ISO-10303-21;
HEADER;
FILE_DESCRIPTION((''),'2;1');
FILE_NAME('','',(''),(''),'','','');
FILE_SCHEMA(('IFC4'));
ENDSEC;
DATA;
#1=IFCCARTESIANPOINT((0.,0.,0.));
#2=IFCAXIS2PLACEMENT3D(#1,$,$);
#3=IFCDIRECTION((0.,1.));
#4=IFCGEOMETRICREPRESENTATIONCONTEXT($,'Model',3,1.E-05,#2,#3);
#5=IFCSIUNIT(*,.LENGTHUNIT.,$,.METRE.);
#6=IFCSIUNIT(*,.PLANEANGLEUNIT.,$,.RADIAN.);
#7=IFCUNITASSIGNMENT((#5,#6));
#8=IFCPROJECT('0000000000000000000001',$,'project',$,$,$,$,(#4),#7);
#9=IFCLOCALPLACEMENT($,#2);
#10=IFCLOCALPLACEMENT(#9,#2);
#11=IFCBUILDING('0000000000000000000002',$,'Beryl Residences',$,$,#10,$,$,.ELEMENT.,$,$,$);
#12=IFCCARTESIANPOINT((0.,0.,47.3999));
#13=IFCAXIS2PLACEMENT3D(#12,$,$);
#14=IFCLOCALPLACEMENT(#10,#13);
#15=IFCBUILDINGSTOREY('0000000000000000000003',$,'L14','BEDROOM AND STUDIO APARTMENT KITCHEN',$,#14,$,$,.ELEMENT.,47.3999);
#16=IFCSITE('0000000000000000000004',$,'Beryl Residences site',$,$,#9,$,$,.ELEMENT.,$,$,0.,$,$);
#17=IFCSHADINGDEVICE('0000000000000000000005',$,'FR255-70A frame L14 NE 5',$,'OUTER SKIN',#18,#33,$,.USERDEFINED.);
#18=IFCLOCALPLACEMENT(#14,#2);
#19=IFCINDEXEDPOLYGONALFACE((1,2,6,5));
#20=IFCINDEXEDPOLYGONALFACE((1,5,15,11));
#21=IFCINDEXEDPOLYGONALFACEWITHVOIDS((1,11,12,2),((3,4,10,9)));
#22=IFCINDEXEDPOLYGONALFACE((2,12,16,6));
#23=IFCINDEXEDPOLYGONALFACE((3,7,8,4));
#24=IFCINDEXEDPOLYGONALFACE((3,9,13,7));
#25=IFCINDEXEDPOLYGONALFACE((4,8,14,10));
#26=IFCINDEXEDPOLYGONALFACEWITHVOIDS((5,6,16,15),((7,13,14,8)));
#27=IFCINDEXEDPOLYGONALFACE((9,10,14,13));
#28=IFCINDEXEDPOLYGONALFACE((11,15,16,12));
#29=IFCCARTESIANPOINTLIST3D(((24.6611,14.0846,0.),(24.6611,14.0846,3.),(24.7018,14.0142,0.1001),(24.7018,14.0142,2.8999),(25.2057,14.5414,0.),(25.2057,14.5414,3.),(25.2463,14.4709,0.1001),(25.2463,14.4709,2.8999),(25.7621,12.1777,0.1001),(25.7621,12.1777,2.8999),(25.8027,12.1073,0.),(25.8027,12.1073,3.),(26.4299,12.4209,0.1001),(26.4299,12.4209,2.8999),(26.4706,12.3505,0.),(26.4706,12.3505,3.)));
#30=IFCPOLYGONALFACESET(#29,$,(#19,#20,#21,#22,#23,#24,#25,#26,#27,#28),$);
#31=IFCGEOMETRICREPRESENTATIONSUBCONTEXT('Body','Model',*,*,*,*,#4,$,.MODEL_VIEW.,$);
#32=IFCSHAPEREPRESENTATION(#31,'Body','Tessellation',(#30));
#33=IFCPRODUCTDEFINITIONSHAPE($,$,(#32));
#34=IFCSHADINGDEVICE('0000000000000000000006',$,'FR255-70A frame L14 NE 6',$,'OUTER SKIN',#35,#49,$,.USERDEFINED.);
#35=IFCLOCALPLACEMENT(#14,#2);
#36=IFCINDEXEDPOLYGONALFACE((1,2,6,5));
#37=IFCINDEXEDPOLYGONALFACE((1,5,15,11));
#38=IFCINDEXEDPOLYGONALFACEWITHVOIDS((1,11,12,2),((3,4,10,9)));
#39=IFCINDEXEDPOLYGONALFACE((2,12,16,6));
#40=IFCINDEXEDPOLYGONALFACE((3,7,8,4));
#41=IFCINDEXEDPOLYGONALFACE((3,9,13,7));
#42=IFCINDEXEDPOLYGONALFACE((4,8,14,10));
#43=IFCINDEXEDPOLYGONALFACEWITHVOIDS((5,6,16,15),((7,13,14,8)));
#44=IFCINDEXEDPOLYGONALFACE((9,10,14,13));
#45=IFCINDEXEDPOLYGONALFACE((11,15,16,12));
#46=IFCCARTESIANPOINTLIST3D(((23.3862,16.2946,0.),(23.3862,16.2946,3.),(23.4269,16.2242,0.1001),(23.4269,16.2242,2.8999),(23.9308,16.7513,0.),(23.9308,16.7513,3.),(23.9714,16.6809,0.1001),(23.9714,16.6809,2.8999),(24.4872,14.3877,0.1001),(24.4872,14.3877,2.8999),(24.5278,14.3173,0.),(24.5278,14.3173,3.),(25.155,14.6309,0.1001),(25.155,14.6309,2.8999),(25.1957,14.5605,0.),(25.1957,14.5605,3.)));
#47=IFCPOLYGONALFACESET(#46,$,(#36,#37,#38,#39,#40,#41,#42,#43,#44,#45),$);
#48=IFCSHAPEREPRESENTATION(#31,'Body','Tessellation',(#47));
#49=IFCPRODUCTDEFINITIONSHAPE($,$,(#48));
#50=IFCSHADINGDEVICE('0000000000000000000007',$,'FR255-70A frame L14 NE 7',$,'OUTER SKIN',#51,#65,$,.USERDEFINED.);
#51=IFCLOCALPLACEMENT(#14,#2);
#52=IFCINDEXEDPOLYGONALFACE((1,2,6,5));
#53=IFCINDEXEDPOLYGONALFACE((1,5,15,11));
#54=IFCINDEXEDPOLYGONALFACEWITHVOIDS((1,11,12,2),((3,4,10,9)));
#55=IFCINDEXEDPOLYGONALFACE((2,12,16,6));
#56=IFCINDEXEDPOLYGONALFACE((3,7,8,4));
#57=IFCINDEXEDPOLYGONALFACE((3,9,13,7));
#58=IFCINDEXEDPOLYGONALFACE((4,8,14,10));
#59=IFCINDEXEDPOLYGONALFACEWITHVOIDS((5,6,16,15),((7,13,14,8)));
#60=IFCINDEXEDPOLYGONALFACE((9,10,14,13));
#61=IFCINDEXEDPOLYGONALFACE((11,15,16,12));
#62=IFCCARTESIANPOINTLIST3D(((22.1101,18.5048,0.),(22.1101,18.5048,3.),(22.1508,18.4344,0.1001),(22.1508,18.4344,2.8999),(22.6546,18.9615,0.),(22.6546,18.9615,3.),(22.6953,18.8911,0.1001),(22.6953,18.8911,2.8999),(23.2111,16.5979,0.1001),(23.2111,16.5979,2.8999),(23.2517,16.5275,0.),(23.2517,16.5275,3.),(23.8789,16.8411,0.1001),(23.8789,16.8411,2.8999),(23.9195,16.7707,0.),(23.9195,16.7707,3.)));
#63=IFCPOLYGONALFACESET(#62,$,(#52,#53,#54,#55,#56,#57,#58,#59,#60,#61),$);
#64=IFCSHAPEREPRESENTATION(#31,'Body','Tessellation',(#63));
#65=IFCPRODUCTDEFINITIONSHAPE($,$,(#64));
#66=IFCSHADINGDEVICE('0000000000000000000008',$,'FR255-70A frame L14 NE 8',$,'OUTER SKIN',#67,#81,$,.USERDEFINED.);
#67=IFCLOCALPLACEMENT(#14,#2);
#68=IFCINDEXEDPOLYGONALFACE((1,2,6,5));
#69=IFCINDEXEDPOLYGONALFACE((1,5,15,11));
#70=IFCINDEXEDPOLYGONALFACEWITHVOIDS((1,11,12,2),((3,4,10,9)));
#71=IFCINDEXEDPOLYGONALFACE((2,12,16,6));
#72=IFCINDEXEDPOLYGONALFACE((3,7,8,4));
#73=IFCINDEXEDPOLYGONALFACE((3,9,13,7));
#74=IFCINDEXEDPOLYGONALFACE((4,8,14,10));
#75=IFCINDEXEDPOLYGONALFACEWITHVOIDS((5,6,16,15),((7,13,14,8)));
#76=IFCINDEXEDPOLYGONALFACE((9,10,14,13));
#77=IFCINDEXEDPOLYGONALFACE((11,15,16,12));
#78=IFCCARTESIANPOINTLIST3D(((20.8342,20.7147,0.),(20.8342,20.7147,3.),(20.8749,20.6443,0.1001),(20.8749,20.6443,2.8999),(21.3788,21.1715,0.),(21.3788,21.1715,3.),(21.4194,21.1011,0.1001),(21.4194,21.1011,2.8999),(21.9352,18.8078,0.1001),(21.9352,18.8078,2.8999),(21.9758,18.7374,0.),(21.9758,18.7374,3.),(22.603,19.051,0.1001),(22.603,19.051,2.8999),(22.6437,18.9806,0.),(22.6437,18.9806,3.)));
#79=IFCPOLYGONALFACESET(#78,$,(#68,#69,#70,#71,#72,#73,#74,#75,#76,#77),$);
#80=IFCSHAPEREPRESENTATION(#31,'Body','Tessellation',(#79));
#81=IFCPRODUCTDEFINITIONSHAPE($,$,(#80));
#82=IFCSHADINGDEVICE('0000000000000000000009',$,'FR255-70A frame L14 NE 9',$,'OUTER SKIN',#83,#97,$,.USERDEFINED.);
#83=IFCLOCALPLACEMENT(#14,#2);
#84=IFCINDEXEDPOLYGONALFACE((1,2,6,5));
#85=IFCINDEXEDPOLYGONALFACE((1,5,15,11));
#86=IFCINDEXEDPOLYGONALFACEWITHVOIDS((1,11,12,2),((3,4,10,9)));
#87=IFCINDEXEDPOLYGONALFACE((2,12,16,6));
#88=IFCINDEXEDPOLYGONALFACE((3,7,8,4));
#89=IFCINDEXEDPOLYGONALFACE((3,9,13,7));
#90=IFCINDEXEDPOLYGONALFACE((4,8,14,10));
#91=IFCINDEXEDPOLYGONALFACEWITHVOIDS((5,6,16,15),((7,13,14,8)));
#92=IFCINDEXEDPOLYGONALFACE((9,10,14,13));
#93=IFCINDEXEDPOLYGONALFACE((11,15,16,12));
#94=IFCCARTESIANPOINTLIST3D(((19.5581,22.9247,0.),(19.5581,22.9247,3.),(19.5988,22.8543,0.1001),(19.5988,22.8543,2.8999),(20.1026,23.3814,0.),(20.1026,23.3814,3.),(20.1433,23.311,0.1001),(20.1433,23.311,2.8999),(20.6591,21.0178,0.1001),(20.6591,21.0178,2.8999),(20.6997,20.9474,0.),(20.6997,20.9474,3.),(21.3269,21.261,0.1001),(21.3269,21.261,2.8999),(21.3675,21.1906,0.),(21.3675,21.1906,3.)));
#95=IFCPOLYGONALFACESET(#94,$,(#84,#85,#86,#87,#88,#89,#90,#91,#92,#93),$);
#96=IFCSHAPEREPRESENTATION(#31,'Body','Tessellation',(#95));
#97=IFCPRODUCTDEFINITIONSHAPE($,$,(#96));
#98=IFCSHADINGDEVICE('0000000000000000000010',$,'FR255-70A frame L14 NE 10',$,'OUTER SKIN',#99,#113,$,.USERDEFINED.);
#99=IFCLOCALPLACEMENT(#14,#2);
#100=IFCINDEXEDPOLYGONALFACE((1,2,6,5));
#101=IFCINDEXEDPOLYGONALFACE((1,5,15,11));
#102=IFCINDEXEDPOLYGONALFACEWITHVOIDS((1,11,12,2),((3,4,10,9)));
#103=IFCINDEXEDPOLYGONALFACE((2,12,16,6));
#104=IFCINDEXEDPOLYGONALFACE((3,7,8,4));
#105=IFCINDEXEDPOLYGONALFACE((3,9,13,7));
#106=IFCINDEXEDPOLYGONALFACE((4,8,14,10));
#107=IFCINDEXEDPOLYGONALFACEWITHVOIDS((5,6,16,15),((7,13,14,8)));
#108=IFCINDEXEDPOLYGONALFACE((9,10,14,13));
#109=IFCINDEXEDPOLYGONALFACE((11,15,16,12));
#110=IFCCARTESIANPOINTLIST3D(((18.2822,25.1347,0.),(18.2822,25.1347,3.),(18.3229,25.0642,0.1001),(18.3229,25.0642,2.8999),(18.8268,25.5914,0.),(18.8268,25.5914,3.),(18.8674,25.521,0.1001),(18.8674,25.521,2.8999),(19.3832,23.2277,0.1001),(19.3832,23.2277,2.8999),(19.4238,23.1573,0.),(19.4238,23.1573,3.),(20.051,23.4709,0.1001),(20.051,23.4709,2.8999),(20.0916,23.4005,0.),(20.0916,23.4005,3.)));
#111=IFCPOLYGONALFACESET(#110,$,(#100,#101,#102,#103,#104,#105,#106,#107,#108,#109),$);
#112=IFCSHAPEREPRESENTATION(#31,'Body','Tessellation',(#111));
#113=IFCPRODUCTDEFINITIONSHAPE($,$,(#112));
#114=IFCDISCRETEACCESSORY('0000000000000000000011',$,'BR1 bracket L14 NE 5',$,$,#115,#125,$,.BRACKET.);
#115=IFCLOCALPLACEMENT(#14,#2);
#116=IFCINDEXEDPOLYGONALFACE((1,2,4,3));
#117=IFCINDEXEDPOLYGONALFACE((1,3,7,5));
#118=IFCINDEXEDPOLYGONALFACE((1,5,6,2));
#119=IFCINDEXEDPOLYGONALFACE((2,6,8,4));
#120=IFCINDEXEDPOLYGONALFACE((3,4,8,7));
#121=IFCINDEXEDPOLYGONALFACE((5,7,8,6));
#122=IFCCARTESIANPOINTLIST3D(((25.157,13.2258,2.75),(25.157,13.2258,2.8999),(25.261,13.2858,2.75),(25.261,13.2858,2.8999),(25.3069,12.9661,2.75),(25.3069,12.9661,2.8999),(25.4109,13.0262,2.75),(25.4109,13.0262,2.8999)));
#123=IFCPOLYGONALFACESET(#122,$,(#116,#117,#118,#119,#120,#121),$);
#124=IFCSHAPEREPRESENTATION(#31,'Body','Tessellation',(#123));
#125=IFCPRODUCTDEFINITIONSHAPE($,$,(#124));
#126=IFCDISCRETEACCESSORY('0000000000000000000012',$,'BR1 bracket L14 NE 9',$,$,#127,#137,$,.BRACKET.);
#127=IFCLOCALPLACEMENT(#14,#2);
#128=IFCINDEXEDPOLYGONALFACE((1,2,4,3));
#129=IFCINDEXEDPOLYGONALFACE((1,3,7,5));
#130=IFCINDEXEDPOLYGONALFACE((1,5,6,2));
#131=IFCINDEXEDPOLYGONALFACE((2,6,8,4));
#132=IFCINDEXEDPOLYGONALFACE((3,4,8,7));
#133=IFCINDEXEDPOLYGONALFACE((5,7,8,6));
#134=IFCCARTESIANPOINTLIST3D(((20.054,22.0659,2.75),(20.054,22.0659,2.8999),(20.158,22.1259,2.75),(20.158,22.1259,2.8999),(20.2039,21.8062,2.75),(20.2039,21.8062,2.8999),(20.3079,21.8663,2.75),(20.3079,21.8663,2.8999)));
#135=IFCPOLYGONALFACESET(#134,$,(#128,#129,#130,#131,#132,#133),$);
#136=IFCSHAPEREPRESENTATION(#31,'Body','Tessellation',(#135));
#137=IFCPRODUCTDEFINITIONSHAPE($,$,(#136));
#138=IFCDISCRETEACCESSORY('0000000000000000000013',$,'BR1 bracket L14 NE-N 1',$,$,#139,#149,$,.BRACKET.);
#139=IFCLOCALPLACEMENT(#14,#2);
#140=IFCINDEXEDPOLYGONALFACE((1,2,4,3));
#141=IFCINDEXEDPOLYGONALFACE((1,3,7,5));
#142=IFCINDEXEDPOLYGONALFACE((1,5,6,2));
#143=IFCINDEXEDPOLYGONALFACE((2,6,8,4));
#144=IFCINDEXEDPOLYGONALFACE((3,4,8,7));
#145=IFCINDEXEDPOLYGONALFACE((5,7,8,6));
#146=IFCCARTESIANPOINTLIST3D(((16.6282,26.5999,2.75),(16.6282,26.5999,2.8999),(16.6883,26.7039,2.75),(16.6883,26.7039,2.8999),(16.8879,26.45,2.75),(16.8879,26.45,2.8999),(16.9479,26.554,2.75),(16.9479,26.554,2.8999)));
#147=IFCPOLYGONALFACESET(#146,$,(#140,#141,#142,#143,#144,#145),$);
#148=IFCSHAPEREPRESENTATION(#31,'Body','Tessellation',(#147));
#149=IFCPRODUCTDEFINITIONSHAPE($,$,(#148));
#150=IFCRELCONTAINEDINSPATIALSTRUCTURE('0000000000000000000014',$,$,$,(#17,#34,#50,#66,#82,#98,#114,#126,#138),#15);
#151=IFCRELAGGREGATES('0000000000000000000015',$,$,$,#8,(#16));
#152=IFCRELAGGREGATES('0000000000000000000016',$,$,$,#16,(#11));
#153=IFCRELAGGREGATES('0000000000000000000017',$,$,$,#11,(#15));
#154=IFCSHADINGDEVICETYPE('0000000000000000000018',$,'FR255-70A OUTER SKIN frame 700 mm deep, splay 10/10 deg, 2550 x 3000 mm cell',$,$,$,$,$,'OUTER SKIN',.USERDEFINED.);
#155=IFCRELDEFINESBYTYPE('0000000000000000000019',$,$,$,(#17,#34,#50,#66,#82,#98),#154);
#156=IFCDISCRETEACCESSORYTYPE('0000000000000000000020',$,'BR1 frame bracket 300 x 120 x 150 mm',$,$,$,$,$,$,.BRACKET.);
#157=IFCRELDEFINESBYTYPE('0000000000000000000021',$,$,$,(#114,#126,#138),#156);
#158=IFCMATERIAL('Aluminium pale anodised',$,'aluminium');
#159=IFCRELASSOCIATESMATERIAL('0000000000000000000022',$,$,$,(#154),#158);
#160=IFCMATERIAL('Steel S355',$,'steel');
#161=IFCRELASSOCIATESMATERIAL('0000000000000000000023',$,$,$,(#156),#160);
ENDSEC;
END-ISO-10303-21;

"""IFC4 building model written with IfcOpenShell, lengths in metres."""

from ifc_helpers import new_model, entity, si_unit, direction, frame, origin, place, context, subcontext, project, spatial, polyline, outline, extrude, source, transform, mapped, material, type_object, type_shapes, element, save


model = new_model("IFC4")

# Units and contexts
model_context = context("Model", 3, precision=1e-05, world=origin(), true_north=direction((0.0, 1.0)))
body_context = subcontext(model_context, "Body", "Model", "MODEL_VIEW")
ifc_project = project(units=[si_unit("LENGTHUNIT", "METRE"), si_unit("PLANEANGLEUNIT", "RADIAN")], contexts=[model_context])

# Site, building, storey
site_placement = place(None, origin())
site = spatial("IfcSite", under=ifc_project, at=site_placement, Name="Beryl Residences site", CompositionType="ELEMENT", RefElevation=0.0)
building_placement = place(site_placement, origin())
building = spatial("IfcBuilding", under=site, at=building_placement, Name="Beryl Residences", CompositionType="ELEMENT")
storey_placement = place(building_placement, frame((0.0, 0.0, 47.3999)))
storey = spatial("IfcBuildingStorey", under=building, at=storey_placement, Name="L14", Description="BEDROOM AND STUDIO APARTMENT KITCHEN", CompositionType="ELEMENT", Elevation=47.3999)

# Shading devices
ifc_material_1 = material(Name="Aluminium pale anodised", Category="aluminium")
shading_device_type_1 = type_object("IfcShadingDeviceType", Name="FR255-70A OUTER SKIN frame 700 mm deep, splay 10/10 deg, 2550 x 3000 mm cell", ElementType="OUTER SKIN", PredefinedType="USERDEFINED", material=ifc_material_1)
cartesian_point_1 = entity("IfcCartesianPoint", [-1.1416, 0.0])
cartesian_point_2 = entity("IfcCartesianPoint", [-1.0603, 0.1001])
cartesian_point_3 = entity("IfcCartesianPoint", [-1.2649, 0.0])
cartesian_point_4 = entity("IfcCartesianPoint", [-1.1836, 0.1001])
shared_shape_1 = source(origin(), body_context, "Body", "SweptSolid", [
    entity("IfcExtrudedAreaSolidTapered", entity("IfcArbitraryProfileDefWithVoids", "AREA", None, entity("IfcPolyline", [cartesian_point_1, entity("IfcCartesianPoint", [1.1416, 0.0]), entity("IfcCartesianPoint", [1.1416, 3.0]), entity("IfcCartesianPoint", [-1.1416, 3.0]), cartesian_point_1]), [entity("IfcPolyline", [cartesian_point_2, entity("IfcCartesianPoint", [1.0603, 0.1001]), entity("IfcCartesianPoint", [1.0603, 2.8999]), entity("IfcCartesianPoint", [-1.0603, 2.8999]), cartesian_point_2])]), entity("IfcAxis2Placement3D", entity("IfcCartesianPoint", [0.0, 0.0, 0.0]), entity("IfcDirection", [0.0, 1.0, 0.0]), entity("IfcDirection", [-1.0, 0.0, 0.0])), entity("IfcDirection", [0.0, 0.0, 1.0]), 0.7, entity("IfcArbitraryProfileDefWithVoids", "AREA", None, entity("IfcPolyline", [cartesian_point_3, entity("IfcCartesianPoint", [1.2649, 0.0]), entity("IfcCartesianPoint", [1.2649, 3.0]), entity("IfcCartesianPoint", [-1.2649, 3.0]), cartesian_point_3]), [entity("IfcPolyline", [cartesian_point_4, entity("IfcCartesianPoint", [1.1836, 0.1001]), entity("IfcCartesianPoint", [1.1836, 2.8999]), entity("IfcCartesianPoint", [-1.1836, 2.8999]), cartesian_point_4])])),
])
type_shapes(shading_device_type_1, [shared_shape_1])
for number, where, z_axis, x_axis, name in (
    (1, (25.2319, 13.0959, 0.0), (0.0, 0.0, 1.0), (0.5, -0.866025, 0.0), "FR255-70A frame L14 NE 5"),
    (2, (23.957, 15.3059, 0.0), (0.0, 0.0, 1.0), (0.5, -0.866025, 0.0), "FR255-70A frame L14 NE 6"),
    (3, (22.6809, 17.5161, 0.0), (0.0, 0.0, 1.0), (0.5, -0.866025, 0.0), "FR255-70A frame L14 NE 7"),
    (4, (21.405, 19.7261, 0.0), (0.0, 0.0, 1.0), (0.5, -0.866025, 0.0), "FR255-70A frame L14 NE 8"),
    (5, (20.1289, 21.936, 0.0), (0.0, 0.0, 1.0), (0.5, -0.866025, 0.0), "FR255-70A frame L14 NE 9"),
    (6, (18.853, 24.146, 0.0), (0.0, 0.0, 1.0), (0.5, -0.866025, 0.0), "FR255-70A frame L14 NE 10"),
):
    element("IfcShadingDevice", number, at=place(storey_placement, frame(where, z_axis=z_axis, x_axis=x_axis)), inside=storey, type_object=shading_device_type_1, Name=name, ObjectType="OUTER SKIN", PredefinedType="USERDEFINED", context=body_context, shape_type="MappedRepresentation", body=[
        mapped(shared_shape_1, transform((0.0, 0.0, 0.0))),
    ])

# Discrete accessories
ifc_material_2 = material(Name="Steel S355", Category="steel")
discrete_accessory_type = type_object("IfcDiscreteAccessoryType", Name="BR1 frame bracket 300 x 120 x 150 mm", PredefinedType="BRACKET", material=ifc_material_2)
shared_shape_2 = source(origin(), body_context, "Body", "SweptSolid", [
    extrude(outline(polyline([(-0.1499, 0.0), (0.1499, 0.0), (0.1499, 0.1201), (-0.1499, 0.1201), (-0.1499, 0.0)])), origin(), (0.0, 0.0, 1.0), 0.1499),
])
type_shapes(discrete_accessory_type, [shared_shape_2])
for number, where, z_axis, x_axis, name in (
    (7, (25.2319, 13.0959, 2.75), (0.0, 0.0, 1.0), (0.5, -0.866025, 0.0), "BR1 bracket L14 NE 5"),
    (8, (20.1289, 21.936, 2.75), (0.0, 0.0, 1.0), (0.5, -0.866025, 0.0), "BR1 bracket L14 NE 9"),
    (9, (16.7581, 26.5249, 2.75), (0.0, 0.0, 1.0), (0.866025, -0.5, 0.0), "BR1 bracket L14 NE-N 1"),
):
    element("IfcDiscreteAccessory", number, at=place(storey_placement, frame(where, z_axis=z_axis, x_axis=x_axis)), inside=storey, type_object=discrete_accessory_type, Name=name, PredefinedType="BRACKET", context=body_context, shape_type="MappedRepresentation", body=[
        mapped(shared_shape_2, transform((0.0, 0.0, 0.0))),
    ])

save(model, "model.ifc")
